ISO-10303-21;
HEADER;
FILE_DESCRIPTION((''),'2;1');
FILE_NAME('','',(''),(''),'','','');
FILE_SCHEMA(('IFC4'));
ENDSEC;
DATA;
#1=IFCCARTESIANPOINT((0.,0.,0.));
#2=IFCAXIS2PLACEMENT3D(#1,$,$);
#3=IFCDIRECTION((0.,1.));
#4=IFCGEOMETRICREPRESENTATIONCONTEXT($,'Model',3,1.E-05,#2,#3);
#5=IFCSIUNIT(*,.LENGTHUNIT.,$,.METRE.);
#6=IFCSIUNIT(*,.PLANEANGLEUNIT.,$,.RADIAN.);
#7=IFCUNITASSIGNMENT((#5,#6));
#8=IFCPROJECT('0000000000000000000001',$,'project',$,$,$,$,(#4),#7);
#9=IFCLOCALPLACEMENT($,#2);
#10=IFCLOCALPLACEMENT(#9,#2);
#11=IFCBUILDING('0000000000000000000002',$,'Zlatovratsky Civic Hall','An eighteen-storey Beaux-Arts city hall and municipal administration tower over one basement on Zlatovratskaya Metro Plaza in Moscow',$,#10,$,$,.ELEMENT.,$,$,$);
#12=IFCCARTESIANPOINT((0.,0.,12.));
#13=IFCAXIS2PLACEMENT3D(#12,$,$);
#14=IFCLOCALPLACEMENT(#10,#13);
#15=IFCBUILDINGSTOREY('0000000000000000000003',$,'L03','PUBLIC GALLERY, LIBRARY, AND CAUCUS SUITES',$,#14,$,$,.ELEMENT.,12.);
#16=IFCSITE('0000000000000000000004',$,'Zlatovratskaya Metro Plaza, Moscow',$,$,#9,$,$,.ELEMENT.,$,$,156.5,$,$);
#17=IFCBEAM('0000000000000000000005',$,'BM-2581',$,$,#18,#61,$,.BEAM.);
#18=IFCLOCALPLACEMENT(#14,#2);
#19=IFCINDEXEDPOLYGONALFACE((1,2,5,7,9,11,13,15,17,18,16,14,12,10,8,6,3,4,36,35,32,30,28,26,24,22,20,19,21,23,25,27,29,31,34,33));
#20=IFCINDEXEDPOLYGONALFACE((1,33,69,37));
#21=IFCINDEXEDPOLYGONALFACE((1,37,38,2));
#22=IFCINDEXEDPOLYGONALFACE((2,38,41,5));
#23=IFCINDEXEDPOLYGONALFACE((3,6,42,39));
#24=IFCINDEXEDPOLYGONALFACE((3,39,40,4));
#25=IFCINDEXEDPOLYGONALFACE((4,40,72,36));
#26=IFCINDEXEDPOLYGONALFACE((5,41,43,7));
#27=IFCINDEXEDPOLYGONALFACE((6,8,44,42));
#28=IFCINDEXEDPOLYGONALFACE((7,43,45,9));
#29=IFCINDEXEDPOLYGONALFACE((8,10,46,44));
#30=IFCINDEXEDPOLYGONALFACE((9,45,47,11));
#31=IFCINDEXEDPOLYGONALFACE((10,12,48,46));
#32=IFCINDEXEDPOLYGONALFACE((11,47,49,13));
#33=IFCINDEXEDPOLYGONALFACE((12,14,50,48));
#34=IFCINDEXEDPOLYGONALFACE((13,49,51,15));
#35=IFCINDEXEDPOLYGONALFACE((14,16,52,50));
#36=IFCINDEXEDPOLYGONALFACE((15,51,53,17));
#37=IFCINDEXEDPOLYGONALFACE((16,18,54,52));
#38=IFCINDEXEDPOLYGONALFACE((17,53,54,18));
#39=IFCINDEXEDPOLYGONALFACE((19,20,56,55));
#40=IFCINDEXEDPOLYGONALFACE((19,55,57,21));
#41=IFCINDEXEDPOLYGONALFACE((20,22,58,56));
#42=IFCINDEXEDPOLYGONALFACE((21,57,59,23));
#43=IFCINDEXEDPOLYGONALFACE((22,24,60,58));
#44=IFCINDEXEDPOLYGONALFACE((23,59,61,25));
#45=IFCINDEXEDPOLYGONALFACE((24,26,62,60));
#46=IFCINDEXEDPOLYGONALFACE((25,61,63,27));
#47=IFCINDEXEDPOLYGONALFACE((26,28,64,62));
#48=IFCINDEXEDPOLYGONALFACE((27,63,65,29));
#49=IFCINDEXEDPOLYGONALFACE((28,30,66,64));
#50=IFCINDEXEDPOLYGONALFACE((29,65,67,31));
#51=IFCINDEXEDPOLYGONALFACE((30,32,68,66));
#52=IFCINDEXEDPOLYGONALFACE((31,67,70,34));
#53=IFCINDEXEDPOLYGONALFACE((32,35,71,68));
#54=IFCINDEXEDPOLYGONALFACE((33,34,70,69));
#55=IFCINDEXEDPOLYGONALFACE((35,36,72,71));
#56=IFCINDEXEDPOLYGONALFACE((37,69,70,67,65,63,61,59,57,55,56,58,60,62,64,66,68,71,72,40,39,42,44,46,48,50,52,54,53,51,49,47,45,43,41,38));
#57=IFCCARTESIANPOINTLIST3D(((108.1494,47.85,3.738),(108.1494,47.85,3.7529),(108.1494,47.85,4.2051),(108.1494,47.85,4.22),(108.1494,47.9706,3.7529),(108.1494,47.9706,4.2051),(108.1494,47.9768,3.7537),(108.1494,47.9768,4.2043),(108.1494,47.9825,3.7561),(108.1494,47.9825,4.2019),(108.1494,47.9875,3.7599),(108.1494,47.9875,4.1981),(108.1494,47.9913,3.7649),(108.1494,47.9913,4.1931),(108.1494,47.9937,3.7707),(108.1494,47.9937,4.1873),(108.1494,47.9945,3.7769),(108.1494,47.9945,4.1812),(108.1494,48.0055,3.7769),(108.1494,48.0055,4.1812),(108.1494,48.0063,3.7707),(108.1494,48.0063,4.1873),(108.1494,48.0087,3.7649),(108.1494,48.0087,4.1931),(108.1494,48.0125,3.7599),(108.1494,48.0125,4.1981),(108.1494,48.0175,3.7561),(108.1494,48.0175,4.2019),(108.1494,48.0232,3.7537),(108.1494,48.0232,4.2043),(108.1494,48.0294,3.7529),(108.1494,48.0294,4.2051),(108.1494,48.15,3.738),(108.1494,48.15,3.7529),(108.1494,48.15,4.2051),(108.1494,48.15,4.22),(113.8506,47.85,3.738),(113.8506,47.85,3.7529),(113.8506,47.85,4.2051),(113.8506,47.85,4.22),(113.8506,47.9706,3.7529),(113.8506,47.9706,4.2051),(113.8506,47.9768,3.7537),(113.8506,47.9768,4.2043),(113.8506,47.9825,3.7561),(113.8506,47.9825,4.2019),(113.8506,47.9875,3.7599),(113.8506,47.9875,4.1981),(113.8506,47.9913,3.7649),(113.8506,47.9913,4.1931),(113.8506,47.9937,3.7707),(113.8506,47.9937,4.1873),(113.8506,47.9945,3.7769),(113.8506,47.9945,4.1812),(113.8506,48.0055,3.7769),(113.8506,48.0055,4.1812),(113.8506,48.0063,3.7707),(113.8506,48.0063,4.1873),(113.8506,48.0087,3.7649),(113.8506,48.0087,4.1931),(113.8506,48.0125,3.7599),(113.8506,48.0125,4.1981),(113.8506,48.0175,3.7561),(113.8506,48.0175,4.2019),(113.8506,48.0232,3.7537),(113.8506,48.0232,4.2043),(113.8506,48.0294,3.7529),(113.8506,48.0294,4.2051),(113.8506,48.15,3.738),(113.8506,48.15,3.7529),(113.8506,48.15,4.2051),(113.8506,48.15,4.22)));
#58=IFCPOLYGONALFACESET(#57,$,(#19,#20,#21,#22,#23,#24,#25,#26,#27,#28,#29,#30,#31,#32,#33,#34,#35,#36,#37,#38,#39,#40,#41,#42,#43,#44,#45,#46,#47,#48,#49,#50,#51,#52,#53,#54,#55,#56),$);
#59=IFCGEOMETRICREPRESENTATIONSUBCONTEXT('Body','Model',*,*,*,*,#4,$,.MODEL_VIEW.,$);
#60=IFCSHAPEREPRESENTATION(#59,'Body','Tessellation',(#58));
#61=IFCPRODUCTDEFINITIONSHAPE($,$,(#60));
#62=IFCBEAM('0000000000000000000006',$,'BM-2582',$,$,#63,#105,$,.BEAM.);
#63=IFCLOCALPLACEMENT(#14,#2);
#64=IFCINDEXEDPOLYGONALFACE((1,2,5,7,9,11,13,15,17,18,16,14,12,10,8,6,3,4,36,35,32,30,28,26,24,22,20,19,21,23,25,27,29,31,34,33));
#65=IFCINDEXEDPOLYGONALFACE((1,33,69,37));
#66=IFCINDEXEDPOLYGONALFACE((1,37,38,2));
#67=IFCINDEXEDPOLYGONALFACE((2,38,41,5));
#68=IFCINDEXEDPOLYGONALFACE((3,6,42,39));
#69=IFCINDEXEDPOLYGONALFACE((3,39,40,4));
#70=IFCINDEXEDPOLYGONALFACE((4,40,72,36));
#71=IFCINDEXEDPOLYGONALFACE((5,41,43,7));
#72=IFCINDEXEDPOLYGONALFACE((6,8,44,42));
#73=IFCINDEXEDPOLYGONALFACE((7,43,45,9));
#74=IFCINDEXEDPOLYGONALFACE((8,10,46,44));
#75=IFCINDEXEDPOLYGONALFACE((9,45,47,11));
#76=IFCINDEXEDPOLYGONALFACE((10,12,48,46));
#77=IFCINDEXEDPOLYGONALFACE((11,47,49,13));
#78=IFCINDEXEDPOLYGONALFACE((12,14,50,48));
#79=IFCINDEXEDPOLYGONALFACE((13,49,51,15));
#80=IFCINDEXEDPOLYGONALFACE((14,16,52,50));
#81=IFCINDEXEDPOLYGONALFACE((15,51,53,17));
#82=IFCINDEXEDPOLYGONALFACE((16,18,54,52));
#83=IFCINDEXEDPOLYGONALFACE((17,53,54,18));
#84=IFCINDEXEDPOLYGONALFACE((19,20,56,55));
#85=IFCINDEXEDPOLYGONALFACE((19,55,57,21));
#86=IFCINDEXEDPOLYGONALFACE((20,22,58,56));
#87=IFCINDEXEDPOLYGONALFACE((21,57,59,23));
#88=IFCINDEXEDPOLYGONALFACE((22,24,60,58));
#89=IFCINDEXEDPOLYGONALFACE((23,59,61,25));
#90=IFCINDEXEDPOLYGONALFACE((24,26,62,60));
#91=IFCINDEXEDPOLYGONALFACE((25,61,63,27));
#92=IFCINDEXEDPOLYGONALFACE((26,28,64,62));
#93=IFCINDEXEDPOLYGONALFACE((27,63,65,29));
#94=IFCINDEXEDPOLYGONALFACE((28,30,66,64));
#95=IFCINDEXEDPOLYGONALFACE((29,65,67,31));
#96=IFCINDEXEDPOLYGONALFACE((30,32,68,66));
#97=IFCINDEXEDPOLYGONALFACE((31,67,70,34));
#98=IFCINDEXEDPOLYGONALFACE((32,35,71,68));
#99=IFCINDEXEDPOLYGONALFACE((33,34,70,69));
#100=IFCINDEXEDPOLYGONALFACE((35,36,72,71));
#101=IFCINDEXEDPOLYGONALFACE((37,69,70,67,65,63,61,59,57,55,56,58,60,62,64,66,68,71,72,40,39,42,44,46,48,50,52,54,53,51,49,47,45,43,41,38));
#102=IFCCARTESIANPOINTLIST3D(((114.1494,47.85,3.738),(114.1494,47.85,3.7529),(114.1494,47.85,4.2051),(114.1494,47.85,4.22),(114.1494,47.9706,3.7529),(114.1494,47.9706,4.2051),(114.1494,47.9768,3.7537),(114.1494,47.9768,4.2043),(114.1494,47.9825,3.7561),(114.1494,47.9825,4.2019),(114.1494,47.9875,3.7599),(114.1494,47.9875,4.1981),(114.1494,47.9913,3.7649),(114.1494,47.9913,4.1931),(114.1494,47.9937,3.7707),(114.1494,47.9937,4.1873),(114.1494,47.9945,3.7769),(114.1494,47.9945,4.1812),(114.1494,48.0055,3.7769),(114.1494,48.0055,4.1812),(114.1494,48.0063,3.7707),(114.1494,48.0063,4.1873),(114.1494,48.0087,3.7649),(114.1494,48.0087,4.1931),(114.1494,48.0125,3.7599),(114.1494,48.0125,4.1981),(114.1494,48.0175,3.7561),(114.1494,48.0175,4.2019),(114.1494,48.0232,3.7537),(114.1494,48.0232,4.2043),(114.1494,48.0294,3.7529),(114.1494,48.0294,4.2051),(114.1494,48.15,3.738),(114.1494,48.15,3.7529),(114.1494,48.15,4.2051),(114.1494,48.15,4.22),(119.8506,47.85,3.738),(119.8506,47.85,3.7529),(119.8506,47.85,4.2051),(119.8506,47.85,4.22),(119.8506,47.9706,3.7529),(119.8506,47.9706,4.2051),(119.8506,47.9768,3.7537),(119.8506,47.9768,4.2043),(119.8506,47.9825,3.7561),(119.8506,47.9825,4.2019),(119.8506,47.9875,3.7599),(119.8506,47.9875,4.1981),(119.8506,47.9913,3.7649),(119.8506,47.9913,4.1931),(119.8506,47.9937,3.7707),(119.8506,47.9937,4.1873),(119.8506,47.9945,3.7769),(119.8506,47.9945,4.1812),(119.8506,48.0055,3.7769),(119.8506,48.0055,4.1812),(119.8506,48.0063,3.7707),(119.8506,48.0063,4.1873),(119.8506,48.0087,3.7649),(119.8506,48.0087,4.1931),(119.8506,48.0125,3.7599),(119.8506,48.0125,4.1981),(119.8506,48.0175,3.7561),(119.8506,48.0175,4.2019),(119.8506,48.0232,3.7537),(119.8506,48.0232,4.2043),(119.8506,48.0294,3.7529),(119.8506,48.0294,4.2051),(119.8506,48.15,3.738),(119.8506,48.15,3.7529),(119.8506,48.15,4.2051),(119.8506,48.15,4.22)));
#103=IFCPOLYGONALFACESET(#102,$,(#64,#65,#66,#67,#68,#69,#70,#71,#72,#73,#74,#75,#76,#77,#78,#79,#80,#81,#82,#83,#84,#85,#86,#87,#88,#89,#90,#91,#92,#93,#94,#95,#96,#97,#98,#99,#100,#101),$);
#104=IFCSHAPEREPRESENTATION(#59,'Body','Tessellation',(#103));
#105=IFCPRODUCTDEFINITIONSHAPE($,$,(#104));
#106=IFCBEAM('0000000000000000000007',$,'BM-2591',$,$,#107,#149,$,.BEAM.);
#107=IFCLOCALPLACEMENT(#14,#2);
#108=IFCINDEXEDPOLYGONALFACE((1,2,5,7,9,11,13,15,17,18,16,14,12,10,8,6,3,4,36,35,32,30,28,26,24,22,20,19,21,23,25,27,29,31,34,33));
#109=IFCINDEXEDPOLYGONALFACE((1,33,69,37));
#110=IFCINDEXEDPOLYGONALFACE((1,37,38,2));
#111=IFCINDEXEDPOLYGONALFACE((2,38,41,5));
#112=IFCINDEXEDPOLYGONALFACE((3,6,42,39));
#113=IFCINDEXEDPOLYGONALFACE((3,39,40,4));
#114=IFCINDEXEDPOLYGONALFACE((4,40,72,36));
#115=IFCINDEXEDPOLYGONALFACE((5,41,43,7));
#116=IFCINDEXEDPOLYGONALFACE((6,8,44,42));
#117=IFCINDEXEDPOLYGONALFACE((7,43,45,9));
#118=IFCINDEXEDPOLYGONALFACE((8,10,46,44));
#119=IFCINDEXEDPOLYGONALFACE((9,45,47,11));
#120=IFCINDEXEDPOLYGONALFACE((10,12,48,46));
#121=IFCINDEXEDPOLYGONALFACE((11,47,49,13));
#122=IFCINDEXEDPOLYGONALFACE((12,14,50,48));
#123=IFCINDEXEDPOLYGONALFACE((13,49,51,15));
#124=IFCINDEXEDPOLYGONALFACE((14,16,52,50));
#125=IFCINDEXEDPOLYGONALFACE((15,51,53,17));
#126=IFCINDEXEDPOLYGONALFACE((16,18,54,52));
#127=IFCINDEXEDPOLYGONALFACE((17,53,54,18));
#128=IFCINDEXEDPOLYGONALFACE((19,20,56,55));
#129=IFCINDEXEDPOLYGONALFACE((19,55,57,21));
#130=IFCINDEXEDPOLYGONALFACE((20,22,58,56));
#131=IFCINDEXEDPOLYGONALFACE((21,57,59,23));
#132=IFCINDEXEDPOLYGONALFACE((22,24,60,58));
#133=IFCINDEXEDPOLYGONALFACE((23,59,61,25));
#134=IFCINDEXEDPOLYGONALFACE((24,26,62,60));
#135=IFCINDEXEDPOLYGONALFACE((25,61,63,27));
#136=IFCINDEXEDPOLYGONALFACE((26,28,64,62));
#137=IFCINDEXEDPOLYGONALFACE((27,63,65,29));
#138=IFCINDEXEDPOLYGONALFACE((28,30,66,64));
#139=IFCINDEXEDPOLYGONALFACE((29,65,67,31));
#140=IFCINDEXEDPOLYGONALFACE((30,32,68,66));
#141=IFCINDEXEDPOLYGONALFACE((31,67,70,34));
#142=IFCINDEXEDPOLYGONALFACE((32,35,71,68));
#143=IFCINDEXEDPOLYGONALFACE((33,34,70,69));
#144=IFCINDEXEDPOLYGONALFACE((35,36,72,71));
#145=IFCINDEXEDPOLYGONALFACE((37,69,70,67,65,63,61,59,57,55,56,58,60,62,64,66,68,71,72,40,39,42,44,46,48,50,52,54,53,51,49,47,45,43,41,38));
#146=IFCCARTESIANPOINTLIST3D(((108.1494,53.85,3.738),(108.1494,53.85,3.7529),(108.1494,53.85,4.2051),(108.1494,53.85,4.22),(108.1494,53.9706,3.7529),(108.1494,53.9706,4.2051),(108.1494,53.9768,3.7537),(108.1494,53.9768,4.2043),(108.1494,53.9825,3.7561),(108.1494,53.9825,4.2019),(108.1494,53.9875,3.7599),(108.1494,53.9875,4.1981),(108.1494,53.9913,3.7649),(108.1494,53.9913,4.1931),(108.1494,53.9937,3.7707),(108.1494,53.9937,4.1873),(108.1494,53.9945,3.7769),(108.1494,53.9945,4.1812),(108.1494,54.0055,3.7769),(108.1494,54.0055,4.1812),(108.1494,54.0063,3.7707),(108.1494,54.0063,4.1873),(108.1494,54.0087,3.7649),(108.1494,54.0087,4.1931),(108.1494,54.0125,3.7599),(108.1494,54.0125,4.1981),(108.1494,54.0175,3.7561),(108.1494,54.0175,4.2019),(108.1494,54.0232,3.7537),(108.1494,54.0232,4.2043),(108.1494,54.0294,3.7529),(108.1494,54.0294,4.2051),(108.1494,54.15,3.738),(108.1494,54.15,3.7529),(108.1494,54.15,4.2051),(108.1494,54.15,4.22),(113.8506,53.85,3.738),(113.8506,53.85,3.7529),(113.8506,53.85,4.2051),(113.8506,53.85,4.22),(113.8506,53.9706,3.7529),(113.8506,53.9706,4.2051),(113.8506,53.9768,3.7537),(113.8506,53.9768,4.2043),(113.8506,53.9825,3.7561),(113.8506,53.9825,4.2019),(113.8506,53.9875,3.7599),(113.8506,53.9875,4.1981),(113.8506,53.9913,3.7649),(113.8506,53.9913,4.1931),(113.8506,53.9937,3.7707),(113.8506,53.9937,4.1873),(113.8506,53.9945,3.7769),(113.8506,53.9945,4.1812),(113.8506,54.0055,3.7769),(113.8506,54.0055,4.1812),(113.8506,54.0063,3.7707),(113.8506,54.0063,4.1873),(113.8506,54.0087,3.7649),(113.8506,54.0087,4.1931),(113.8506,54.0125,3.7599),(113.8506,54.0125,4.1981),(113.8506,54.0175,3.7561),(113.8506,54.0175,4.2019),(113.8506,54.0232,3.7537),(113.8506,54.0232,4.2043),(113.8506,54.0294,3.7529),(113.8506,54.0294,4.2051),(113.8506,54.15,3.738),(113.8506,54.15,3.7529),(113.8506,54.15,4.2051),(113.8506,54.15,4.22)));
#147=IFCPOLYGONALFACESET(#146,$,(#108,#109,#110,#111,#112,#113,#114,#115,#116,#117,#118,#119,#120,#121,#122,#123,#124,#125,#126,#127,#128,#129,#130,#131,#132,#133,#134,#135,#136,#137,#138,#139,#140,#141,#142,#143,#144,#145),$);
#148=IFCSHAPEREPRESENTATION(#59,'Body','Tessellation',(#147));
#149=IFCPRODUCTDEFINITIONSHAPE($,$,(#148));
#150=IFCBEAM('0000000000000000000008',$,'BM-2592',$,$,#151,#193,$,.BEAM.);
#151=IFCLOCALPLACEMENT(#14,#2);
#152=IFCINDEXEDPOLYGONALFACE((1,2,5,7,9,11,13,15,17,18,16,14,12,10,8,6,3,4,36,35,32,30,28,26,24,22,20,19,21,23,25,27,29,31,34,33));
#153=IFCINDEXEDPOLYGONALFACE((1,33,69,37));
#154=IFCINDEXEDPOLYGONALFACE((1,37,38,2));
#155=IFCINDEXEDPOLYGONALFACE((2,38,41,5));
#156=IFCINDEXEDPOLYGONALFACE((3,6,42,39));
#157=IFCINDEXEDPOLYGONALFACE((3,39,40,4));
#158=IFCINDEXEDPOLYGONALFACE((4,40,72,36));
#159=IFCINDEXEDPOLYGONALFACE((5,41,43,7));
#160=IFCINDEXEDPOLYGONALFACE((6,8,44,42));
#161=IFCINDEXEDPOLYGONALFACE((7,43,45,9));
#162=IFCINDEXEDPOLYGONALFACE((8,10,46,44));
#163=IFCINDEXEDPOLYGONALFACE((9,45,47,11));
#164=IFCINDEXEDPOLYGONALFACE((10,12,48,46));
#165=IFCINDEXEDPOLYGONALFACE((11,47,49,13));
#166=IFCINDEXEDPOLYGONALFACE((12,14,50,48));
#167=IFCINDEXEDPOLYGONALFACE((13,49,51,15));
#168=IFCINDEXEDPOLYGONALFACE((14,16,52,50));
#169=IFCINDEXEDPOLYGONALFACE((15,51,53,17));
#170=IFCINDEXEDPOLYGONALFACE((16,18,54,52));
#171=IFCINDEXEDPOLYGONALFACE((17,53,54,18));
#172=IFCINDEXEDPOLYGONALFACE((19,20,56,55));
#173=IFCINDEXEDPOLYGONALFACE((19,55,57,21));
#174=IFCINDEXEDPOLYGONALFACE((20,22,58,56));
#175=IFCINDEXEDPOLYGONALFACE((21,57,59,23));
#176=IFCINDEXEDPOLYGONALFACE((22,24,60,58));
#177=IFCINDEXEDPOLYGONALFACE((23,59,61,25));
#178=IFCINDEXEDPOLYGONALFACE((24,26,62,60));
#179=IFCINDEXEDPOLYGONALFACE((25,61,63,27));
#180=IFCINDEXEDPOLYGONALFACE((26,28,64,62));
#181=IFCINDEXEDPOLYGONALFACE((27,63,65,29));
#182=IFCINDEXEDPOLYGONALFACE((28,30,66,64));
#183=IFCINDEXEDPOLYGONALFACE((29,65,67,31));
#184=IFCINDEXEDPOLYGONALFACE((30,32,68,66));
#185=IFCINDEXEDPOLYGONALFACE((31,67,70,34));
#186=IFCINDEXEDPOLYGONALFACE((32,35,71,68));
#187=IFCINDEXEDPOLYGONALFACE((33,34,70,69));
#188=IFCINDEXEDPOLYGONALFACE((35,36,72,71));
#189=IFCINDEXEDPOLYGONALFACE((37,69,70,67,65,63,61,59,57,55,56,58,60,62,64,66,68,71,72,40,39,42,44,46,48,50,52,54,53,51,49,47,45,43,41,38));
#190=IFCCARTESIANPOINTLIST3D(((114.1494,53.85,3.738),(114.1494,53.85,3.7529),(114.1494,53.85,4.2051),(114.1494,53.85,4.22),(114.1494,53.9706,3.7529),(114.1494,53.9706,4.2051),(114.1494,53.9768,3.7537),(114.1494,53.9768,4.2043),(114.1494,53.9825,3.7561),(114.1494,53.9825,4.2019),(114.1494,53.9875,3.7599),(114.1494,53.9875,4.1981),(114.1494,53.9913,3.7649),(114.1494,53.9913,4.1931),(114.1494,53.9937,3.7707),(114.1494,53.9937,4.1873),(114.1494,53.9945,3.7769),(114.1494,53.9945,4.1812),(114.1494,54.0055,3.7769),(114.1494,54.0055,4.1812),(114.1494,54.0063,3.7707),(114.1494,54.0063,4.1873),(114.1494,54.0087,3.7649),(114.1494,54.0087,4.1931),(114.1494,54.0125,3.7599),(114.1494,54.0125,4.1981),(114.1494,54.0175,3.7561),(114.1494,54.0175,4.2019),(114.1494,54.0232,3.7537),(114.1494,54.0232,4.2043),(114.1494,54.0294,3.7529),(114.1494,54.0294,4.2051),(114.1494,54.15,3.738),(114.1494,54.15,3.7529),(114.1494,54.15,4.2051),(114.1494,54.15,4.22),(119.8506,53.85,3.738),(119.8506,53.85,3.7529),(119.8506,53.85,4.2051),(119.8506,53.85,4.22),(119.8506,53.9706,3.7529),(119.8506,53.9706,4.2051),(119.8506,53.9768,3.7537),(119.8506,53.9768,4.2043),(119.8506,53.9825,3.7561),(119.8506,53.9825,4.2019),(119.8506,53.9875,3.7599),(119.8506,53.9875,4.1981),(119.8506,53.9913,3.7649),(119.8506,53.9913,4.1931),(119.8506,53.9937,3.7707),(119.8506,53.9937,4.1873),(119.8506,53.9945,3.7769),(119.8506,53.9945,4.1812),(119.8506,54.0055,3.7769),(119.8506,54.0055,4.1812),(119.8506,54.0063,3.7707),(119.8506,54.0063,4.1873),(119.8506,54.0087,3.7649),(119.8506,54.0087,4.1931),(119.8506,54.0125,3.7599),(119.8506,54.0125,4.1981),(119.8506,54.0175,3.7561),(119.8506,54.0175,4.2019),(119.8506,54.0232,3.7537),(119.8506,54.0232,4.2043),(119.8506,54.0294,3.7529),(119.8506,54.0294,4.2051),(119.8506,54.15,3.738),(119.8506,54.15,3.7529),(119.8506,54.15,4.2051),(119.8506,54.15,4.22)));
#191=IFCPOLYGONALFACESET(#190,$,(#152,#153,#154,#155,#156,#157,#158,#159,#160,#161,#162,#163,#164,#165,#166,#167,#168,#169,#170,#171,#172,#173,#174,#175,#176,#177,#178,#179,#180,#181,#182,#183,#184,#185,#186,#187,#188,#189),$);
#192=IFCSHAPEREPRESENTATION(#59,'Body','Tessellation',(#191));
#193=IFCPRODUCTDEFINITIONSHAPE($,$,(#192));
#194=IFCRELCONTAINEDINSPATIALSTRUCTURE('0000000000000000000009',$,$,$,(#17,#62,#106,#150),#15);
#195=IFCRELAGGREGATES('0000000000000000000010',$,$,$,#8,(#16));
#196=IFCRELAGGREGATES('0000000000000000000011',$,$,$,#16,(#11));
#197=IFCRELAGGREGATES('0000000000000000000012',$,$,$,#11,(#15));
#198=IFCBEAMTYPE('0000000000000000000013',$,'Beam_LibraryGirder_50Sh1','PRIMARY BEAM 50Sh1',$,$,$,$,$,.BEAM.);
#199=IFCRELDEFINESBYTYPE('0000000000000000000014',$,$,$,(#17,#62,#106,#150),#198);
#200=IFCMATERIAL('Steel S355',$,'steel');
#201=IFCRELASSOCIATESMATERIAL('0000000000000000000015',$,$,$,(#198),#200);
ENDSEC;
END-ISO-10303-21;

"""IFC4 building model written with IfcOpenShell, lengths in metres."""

from ifc_helpers import new_model, si_unit, direction, frame, origin, origin_2d, place, context, subcontext, project, spatial, i_section, extrude, material, material_profile, profile_set, type_object, element, save


model = new_model("IFC4")

# Units and contexts
model_context = context("Model", 3, precision=1e-05, world=origin(), true_north=direction((0.0, 1.0)))
body_context = subcontext(model_context, "Body", "Model", "MODEL_VIEW")
ifc_project = project(units=[si_unit("LENGTHUNIT", "METRE"), si_unit("PLANEANGLEUNIT", "RADIAN")], contexts=[model_context])

# Site, building, storey
site_placement = place(None, origin())
site = spatial("IfcSite", under=ifc_project, at=site_placement, Name="Zlatovratskaya Metro Plaza, Moscow", CompositionType="ELEMENT", RefElevation=156.5)
building_placement = place(site_placement, origin())
building = spatial("IfcBuilding", under=site, at=building_placement, Name="Zlatovratsky Civic Hall", Description="An eighteen-storey Beaux-Arts city hall and municipal administration tower over one basement on Zlatovratskaya Metro Plaza in Moscow", CompositionType="ELEMENT")
storey_placement = place(building_placement, frame((0.0, 0.0, 12.0)))
storey = spatial("IfcBuildingStorey", under=building, at=storey_placement, Name="L03", Description="PUBLIC GALLERY, LIBRARY, AND CAUCUS SUITES", CompositionType="ELEMENT", Elevation=12.0)

# Shared definitions
ifc_material_1 = material(Name="Steel S355", Category="steel")

# Beams
ifc_material_profile_1 = material_profile(ifc_material_1, i_section(OverallWidth=0.3, OverallDepth=0.4819, WebThickness=0.011, FlangeThickness=0.0149, FilletRadius=0.0239, at=origin_2d()), Name="50Sh1")
ifc_profile_set_1 = profile_set([ifc_material_profile_1], Name="Steel S355")
beam_type = type_object("IfcBeamType", Name="Beam_LibraryGirder_50Sh1", Description="PRIMARY BEAM 50Sh1", PredefinedType="BEAM", material=ifc_profile_set_1)
for number, where, z_axis, x_axis, name in (
    (1, (108.1494, 48.0, 3.979), (1.0, 0.0, 0.0), (0.0, 1.0, 0.0), "BM-2581"),
    (2, (114.1494, 48.0, 3.979), (1.0, 0.0, 0.0), (0.0, 1.0, 0.0), "BM-2582"),
    (3, (108.1494, 54.0, 3.979), (1.0, 0.0, 0.0), (0.0, 1.0, 0.0), "BM-2591"),
    (4, (114.1494, 54.0, 3.979), (1.0, 0.0, 0.0), (0.0, 1.0, 0.0), "BM-2592"),
):
    element("IfcBeam", number, at=place(storey_placement, frame(where, z_axis=z_axis, x_axis=x_axis)), inside=storey, type_object=beam_type, Name=name, PredefinedType="BEAM", context=body_context, shape_type="SweptSolid", body=[
        extrude(i_section(OverallWidth=0.3, OverallDepth=0.4819, WebThickness=0.011, FlangeThickness=0.0149, FilletRadius=0.0239, at=origin_2d()), origin(), (0.0, 0.0, 1.0), 5.7012),
    ])

save(model, "model.ifc")
